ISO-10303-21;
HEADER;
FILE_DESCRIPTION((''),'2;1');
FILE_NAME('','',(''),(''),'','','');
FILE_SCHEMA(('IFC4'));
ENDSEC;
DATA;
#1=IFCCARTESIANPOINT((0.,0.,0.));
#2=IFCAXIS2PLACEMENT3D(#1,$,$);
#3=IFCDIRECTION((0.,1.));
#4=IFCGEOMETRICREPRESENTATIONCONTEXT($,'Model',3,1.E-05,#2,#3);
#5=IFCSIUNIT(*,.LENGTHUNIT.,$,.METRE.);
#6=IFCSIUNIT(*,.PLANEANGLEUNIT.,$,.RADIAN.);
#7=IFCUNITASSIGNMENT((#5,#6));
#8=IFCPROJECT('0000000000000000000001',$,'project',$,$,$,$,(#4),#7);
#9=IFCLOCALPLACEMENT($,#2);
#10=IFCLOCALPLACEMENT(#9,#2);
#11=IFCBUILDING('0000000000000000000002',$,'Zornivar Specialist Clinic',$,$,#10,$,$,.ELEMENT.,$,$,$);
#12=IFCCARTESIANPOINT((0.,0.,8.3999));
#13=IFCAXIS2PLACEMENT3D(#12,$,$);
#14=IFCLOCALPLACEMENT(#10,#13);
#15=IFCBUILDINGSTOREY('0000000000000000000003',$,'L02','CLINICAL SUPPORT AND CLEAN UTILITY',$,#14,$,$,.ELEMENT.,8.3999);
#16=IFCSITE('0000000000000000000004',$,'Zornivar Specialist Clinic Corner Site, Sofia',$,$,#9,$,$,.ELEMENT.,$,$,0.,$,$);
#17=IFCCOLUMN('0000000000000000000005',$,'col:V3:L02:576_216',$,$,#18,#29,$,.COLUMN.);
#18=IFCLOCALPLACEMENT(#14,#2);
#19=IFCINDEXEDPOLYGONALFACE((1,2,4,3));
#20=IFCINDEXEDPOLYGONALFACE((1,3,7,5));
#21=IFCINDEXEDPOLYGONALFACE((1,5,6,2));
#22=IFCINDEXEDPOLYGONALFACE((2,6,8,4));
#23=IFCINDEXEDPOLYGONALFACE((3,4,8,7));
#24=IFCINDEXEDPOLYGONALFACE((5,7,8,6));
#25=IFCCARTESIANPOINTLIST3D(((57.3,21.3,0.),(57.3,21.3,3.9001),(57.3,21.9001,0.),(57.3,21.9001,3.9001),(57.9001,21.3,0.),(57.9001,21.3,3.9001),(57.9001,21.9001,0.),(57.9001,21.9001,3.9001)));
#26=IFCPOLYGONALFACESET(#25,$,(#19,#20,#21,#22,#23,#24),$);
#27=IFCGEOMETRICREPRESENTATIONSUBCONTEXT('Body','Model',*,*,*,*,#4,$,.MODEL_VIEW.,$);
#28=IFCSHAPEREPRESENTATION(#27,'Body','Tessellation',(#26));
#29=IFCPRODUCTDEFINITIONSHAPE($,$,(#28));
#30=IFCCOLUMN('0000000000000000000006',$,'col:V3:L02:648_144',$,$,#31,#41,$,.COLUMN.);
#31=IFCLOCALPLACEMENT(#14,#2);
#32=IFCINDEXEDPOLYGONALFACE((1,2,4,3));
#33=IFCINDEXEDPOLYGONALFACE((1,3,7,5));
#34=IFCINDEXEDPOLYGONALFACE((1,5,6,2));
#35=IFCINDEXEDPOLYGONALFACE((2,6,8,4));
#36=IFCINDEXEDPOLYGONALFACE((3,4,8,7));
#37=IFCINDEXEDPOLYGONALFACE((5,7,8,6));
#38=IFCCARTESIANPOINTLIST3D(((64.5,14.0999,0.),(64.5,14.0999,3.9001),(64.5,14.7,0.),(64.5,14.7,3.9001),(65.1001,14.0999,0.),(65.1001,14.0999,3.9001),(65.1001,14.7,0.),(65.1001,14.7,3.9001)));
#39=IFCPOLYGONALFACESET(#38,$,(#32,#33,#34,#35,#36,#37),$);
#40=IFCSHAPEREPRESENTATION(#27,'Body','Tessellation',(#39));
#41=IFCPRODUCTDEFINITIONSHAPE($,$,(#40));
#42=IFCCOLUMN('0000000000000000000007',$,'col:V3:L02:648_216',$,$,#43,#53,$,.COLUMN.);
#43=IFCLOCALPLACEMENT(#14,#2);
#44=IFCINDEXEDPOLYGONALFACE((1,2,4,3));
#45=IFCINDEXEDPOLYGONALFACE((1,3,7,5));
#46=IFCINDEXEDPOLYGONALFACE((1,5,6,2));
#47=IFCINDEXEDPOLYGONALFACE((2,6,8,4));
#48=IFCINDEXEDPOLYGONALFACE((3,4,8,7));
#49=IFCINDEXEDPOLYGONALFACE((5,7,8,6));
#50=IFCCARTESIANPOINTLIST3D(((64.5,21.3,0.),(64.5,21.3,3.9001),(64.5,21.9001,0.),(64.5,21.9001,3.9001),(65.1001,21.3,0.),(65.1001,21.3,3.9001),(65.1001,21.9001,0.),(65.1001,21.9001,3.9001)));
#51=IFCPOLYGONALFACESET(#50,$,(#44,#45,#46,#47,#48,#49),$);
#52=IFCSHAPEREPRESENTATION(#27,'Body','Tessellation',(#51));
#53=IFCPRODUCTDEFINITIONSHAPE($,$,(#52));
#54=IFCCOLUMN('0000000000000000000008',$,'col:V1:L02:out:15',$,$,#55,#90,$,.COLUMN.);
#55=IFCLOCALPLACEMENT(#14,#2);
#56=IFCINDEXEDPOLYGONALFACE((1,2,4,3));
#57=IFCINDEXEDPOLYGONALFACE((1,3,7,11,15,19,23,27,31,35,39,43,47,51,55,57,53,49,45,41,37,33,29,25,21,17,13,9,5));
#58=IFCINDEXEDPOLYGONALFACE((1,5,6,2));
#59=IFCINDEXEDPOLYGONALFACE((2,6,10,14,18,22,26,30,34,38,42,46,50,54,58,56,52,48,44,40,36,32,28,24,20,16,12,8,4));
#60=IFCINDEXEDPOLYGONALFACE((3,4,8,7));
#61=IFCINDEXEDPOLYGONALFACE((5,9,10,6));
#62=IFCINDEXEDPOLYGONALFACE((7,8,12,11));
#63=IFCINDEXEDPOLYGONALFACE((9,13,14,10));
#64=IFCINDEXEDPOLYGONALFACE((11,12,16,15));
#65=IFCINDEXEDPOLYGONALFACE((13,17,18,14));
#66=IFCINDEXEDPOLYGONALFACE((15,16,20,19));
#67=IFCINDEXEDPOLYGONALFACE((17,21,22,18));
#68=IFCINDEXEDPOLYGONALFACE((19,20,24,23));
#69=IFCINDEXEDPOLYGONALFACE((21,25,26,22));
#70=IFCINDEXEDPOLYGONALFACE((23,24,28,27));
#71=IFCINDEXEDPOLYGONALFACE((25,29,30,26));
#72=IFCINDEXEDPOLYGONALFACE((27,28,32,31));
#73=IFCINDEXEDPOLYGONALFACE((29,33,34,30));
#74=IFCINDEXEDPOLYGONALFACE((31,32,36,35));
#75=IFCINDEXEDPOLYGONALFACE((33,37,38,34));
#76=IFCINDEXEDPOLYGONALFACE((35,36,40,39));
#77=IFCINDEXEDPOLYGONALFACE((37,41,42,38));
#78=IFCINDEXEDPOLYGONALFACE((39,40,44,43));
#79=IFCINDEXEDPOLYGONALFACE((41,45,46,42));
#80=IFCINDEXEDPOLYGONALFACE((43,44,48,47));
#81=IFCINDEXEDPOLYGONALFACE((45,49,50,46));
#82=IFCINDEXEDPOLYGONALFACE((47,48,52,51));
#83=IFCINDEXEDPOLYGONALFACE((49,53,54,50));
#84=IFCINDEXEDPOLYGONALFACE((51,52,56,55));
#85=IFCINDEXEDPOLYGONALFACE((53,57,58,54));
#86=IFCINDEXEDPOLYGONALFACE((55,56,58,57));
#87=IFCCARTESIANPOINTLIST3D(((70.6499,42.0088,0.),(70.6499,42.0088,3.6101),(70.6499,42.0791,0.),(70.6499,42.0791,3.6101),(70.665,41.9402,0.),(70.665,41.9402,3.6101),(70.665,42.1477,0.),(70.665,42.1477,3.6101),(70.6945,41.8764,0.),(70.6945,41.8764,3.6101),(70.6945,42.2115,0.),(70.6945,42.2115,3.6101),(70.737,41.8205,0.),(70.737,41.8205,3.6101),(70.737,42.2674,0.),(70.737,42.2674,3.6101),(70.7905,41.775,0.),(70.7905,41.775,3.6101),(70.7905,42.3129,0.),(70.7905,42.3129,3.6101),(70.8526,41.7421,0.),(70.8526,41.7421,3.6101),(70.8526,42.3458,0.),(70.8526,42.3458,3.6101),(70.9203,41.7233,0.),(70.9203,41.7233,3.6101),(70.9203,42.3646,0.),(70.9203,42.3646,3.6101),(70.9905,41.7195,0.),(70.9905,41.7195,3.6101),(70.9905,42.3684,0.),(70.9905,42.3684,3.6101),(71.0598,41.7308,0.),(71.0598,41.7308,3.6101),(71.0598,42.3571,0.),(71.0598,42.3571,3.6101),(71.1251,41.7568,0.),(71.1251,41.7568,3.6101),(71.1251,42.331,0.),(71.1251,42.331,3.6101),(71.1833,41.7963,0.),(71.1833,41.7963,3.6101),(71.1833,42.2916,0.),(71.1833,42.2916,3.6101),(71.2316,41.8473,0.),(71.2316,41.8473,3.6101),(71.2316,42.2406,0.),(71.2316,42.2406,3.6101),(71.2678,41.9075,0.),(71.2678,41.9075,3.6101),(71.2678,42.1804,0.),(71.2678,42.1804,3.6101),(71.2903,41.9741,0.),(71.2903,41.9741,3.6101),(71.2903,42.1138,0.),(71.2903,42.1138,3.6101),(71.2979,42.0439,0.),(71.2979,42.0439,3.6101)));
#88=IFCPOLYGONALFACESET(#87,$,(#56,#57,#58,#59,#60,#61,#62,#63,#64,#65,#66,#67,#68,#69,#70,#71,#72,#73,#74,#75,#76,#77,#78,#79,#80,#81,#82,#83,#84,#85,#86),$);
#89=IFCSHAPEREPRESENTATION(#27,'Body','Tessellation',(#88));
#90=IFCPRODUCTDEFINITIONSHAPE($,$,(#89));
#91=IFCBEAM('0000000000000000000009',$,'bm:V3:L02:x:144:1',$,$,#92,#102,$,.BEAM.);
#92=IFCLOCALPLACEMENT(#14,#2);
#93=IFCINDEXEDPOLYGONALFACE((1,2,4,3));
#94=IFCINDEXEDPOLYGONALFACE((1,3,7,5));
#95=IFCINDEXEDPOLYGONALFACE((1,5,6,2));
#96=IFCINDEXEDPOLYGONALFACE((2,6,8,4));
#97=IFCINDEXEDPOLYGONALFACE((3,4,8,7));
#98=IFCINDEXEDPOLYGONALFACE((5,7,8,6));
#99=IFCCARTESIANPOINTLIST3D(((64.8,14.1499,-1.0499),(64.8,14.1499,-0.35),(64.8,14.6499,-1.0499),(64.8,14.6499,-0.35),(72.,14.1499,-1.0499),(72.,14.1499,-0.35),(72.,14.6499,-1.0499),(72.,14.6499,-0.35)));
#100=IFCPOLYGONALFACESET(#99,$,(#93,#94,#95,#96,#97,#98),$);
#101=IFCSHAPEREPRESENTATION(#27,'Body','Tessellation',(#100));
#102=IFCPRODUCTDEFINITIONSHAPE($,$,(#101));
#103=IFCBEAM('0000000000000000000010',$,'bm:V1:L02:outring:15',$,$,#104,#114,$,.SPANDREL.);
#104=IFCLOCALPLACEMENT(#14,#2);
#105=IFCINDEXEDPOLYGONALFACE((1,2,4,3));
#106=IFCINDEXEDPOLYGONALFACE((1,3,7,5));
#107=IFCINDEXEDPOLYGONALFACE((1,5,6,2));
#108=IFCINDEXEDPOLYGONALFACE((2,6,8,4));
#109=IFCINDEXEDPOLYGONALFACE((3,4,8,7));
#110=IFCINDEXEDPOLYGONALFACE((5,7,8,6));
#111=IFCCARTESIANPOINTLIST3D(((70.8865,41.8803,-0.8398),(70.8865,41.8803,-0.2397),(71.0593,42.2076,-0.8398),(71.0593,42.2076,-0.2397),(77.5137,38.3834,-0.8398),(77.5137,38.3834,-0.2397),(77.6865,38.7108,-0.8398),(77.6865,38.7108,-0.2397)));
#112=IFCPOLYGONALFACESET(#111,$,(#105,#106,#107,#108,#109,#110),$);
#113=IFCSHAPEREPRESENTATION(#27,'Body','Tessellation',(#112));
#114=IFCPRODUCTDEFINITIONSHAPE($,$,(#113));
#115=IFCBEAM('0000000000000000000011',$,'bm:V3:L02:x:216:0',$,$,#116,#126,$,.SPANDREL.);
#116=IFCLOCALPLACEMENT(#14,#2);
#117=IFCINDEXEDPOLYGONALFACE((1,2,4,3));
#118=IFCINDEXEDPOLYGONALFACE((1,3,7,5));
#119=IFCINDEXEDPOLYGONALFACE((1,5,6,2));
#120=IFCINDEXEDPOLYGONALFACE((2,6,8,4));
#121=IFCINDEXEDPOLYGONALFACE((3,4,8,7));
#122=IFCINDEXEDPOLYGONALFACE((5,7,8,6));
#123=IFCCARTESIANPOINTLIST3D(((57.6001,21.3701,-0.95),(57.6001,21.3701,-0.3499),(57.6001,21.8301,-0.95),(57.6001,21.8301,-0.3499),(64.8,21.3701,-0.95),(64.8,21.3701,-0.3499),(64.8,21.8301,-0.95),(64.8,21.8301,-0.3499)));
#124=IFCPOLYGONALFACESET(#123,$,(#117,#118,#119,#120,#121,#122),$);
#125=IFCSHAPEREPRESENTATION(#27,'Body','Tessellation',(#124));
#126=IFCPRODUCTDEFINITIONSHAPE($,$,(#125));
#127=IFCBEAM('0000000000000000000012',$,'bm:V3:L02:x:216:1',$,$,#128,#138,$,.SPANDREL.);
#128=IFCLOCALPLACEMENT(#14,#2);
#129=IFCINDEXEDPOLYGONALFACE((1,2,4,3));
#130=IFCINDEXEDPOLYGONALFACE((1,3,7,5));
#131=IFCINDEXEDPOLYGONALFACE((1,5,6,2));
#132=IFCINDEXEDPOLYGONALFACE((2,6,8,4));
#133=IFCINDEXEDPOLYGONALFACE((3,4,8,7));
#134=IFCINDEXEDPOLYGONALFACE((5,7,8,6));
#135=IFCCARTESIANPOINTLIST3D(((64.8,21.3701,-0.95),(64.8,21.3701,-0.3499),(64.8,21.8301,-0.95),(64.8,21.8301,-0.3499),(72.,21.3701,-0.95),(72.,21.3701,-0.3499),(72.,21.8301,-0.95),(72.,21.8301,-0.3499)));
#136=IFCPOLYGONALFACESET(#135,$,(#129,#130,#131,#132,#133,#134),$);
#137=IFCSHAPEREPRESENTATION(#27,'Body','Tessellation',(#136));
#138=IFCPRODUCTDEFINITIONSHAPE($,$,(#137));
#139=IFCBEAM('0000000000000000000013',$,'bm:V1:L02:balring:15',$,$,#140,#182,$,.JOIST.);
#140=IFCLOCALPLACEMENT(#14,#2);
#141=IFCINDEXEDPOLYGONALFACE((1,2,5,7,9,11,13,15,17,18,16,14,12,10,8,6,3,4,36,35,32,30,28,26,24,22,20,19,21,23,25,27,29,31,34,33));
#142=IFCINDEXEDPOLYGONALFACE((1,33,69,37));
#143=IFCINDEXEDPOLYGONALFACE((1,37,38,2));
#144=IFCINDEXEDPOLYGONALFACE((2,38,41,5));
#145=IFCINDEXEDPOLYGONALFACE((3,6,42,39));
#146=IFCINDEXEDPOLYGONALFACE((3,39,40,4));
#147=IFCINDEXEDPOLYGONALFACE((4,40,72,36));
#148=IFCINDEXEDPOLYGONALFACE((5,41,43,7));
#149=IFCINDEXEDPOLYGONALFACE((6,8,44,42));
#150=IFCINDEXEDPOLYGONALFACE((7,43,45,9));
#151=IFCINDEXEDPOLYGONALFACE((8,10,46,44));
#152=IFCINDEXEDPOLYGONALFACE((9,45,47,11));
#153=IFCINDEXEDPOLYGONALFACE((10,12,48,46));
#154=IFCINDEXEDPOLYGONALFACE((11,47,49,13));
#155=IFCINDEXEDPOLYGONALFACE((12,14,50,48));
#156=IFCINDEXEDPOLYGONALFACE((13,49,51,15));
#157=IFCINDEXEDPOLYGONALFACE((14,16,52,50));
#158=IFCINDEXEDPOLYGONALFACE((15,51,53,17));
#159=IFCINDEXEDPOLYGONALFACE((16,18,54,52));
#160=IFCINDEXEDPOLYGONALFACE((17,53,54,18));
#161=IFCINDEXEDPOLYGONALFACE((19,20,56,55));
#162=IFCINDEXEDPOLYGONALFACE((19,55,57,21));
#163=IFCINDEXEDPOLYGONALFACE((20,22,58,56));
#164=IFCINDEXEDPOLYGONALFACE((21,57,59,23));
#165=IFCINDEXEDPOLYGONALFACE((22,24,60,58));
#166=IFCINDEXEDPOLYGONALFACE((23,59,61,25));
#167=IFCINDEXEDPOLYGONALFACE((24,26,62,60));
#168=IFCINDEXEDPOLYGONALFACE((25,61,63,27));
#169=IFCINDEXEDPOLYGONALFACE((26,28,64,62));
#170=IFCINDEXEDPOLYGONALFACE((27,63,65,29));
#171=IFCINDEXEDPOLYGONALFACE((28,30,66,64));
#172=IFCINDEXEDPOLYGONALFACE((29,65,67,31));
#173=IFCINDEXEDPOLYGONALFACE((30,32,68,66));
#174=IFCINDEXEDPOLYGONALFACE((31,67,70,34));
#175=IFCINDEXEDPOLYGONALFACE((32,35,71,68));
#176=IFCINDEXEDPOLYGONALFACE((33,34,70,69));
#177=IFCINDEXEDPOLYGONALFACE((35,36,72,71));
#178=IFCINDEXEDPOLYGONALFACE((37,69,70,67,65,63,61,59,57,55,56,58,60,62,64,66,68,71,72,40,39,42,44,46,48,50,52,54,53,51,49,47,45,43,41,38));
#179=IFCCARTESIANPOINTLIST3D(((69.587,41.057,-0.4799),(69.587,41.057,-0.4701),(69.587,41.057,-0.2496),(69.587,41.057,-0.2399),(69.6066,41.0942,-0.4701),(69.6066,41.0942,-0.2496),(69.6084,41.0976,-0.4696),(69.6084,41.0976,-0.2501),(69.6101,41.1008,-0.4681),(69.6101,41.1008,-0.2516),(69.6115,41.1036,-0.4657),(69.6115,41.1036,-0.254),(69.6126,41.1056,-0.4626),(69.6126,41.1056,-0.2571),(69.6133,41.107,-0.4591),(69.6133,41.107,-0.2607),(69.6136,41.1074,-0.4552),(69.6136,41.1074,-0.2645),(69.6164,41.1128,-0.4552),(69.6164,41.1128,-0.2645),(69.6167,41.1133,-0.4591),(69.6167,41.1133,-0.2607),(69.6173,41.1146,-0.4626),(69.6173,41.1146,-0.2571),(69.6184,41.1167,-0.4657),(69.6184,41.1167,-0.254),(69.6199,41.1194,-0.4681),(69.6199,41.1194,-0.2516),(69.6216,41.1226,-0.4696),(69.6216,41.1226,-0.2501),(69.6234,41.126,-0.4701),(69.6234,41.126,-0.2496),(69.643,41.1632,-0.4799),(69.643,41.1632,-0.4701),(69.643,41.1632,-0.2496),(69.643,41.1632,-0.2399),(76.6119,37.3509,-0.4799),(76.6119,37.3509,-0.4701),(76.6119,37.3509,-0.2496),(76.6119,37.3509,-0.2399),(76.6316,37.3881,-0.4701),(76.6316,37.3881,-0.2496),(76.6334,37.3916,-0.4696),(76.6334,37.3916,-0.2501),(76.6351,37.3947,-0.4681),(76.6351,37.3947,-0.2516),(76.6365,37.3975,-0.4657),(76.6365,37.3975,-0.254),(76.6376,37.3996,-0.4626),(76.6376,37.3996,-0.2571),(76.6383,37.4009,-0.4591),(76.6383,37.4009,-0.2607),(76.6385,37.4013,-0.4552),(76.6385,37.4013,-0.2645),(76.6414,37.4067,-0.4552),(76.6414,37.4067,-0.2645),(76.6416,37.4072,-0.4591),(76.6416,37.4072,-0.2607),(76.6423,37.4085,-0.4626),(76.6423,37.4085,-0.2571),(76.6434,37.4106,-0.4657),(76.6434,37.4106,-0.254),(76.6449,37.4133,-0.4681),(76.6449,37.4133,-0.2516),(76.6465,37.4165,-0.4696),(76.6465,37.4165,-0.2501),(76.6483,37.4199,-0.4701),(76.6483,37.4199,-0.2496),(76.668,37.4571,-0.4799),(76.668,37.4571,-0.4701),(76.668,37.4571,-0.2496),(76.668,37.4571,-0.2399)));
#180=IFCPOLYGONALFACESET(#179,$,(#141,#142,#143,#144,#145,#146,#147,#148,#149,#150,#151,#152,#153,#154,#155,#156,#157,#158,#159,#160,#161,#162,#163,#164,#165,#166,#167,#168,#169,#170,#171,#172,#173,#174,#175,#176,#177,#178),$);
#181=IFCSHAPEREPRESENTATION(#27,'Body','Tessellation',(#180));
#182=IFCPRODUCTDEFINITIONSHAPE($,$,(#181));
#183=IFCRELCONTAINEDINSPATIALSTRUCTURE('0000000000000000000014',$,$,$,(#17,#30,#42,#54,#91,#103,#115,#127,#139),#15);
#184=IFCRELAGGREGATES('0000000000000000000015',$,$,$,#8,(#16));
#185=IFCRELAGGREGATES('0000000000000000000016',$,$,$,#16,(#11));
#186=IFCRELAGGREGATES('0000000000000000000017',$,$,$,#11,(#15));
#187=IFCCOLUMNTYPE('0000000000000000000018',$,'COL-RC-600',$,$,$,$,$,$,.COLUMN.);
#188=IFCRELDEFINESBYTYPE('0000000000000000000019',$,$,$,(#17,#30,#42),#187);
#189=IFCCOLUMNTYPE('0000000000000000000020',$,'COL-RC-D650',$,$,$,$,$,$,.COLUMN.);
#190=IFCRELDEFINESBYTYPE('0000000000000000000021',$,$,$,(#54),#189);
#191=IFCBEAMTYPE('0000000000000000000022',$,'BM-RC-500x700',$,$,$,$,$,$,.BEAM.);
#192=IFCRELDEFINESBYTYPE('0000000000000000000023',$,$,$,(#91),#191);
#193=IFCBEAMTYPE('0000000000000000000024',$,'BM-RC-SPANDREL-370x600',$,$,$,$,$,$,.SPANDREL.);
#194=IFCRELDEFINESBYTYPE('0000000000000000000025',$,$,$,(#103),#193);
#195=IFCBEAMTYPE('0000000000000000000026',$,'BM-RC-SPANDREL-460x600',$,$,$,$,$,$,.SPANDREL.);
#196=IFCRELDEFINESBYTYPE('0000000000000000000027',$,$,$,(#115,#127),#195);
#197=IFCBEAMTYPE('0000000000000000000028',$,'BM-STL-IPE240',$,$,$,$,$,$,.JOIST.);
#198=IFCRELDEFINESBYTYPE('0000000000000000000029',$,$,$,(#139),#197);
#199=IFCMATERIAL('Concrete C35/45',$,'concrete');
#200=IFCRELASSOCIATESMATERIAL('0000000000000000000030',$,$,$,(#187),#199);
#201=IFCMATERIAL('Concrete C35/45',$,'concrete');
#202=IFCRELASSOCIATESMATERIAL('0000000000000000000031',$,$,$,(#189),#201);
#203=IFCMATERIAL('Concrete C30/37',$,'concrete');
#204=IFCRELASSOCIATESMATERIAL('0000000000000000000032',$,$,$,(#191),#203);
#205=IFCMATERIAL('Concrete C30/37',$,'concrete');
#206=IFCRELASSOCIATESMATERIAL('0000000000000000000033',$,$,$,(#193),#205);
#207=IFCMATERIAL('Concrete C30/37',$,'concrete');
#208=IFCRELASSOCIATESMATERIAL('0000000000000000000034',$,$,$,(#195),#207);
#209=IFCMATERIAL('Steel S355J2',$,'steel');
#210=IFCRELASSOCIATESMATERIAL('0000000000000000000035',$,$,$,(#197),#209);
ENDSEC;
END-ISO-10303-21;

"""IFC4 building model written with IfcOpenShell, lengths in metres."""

from ifc_helpers import new_model, si_unit, direction, frame, origin, origin_2d, place, context, subcontext, project, spatial, rectangle, circle, i_section, extrude, material, material_profile, profile_set, type_object, element, save


model = new_model("IFC4")

# Units and contexts
model_context = context("Model", 3, precision=1e-05, world=origin(), true_north=direction((0.0, 1.0)))
body_context = subcontext(model_context, "Body", "Model", "MODEL_VIEW")
ifc_project = project(units=[si_unit("LENGTHUNIT", "METRE"), si_unit("PLANEANGLEUNIT", "RADIAN")], contexts=[model_context])

# Site, building, storey
site_placement = place(None, origin())
site = spatial("IfcSite", under=ifc_project, at=site_placement, Name="Zornivar Specialist Clinic Corner Site, Sofia", CompositionType="ELEMENT", RefElevation=0.0)
building_placement = place(site_placement, origin())
building = spatial("IfcBuilding", under=site, at=building_placement, Name="Zornivar Specialist Clinic", CompositionType="ELEMENT")
storey_placement = place(building_placement, frame((0.0, 0.0, 8.3999)))
storey = spatial("IfcBuildingStorey", under=building, at=storey_placement, Name="L02", Description="CLINICAL SUPPORT AND CLEAN UTILITY", CompositionType="ELEMENT", Elevation=8.3999)

# Columns
ifc_material_1 = material(Name="Concrete C35/45", Category="concrete")
ifc_material_profile_1 = material_profile(ifc_material_1, rectangle(XDim=0.6001, YDim=0.6001, at=origin_2d()), Name="RC 600x600")
ifc_profile_set_1 = profile_set([ifc_material_profile_1], Name="Concrete C35/45")
column_type_1 = type_object("IfcColumnType", Name="COL-RC-600", PredefinedType="COLUMN", material=ifc_profile_set_1)
for number, where, z_axis, x_axis, name in (
    (1, (57.6001, 21.6001, 0.0), (0.0, 0.0, 1.0), (1.0, 0.0, 0.0), "col:V3:L02:576_216"),
    (2, (64.8, 14.3999, 0.0), (0.0, 0.0, 1.0), (1.0, 0.0, 0.0), "col:V3:L02:648_144"),
    (3, (64.8, 21.6001, 0.0), (0.0, 0.0, 1.0), (1.0, 0.0, 0.0), "col:V3:L02:648_216"),
):
    element("IfcColumn", number, at=place(storey_placement, frame(where, z_axis=z_axis, x_axis=x_axis)), inside=storey, type_object=column_type_1, Name=name, PredefinedType="COLUMN", context=body_context, shape_type="SweptSolid", body=[
        extrude(rectangle(XDim=0.6001, YDim=0.6001, at=origin_2d()), origin(), (0.0, 0.0, 1.0), 3.9001),
    ])
ifc_material_2 = material(Name="Concrete C35/45", Category="concrete")
ifc_material_profile_2 = material_profile(ifc_material_2, circle(Radius=0.325, at=origin_2d()), Name="RC D650")
ifc_profile_set_2 = profile_set([ifc_material_profile_2], Name="Concrete C35/45")
column_type_2 = type_object("IfcColumnType", Name="COL-RC-D650", PredefinedType="COLUMN", material=ifc_profile_set_2)
column_placement = place(storey_placement, frame((70.9729, 42.0439, 0.0), z_axis=(0.0, 0.0, 1.0), x_axis=(1.0, 0.0, 0.0)))
element("IfcColumn", 4, at=column_placement, inside=storey, type_object=column_type_2, Name="col:V1:L02:out:15", PredefinedType="COLUMN", context=body_context, shape_type="SweptSolid", body=[
    extrude(circle(Radius=0.325, at=origin_2d()), origin(), (0.0, 0.0, 1.0), 3.6101),
])

# Beams
ifc_material_3 = material(Name="Concrete C30/37", Category="concrete")
ifc_material_profile_3 = material_profile(ifc_material_3, rectangle(XDim=0.5, YDim=0.7, at=origin_2d()), Name="RC 500x700")
ifc_profile_set_3 = profile_set([ifc_material_profile_3], Name="Concrete C30/37")
beam_type_1 = type_object("IfcBeamType", Name="BM-RC-500x700", PredefinedType="BEAM", material=ifc_profile_set_3)
beam_1_placement = place(storey_placement, frame((64.8, 14.3999, -0.7), z_axis=(1.0, 0.0, 0.0), x_axis=(0.0, 1.0, 0.0)))
element("IfcBeam", 5, at=beam_1_placement, inside=storey, type_object=beam_type_1, Name="bm:V3:L02:x:144:1", PredefinedType="BEAM", context=body_context, shape_type="SweptSolid", body=[
    extrude(rectangle(XDim=0.5, YDim=0.7, at=origin_2d()), origin(), (0.0, 0.0, 1.0), 7.2),
])
ifc_material_4 = material(Name="Concrete C30/37", Category="concrete")
ifc_material_profile_4 = material_profile(ifc_material_4, rectangle(XDim=0.3701, YDim=0.6001, at=origin_2d()), Name="RC 370x600")
ifc_profile_set_4 = profile_set([ifc_material_profile_4], Name="Concrete C30/37")
beam_type_2 = type_object("IfcBeamType", Name="BM-RC-SPANDREL-370x600", PredefinedType="SPANDREL", material=ifc_profile_set_4)
beam_2_placement = place(storey_placement, frame((70.9729, 42.0439, -0.5398), z_axis=(0.884432, -0.466669, 0.0), x_axis=(0.466669, 0.884432, 0.0)))
element("IfcBeam", 6, at=beam_2_placement, inside=storey, type_object=beam_type_2, Name="bm:V1:L02:outring:15", PredefinedType="SPANDREL", context=body_context, shape_type="SweptSolid", body=[
    extrude(rectangle(XDim=0.3701, YDim=0.6001, at=origin_2d()), origin(), (0.0, 0.0, 1.0), 7.4932),
])
ifc_material_5 = material(Name="Concrete C30/37", Category="concrete")
ifc_material_profile_5 = material_profile(ifc_material_5, rectangle(XDim=0.46, YDim=0.6001, at=origin_2d()), Name="RC 460x600")
ifc_profile_set_5 = profile_set([ifc_material_profile_5], Name="Concrete C30/37")
beam_type_3 = type_object("IfcBeamType", Name="BM-RC-SPANDREL-460x600", PredefinedType="SPANDREL", material=ifc_profile_set_5)
for number, where, z_axis, x_axis, name in (
    (7, (57.6001, 21.6001, -0.6499), (1.0, 0.0, 0.0), (0.0, 1.0, 0.0), "bm:V3:L02:x:216:0"),
    (8, (64.8, 21.6001, -0.6499), (1.0, 0.0, 0.0), (0.0, 1.0, 0.0), "bm:V3:L02:x:216:1"),
):
    element("IfcBeam", number, at=place(storey_placement, frame(where, z_axis=z_axis, x_axis=x_axis)), inside=storey, type_object=beam_type_3, Name=name, PredefinedType="SPANDREL", context=body_context, shape_type="SweptSolid", body=[
        extrude(rectangle(XDim=0.46, YDim=0.6001, at=origin_2d()), origin(), (0.0, 0.0, 1.0), 7.2),
    ])
ifc_material_6 = material(Name="Steel S355J2", Category="steel")
ifc_material_profile_6 = material_profile(ifc_material_6, i_section(OverallWidth=0.1201, OverallDepth=0.24, WebThickness=0.0061, FlangeThickness=0.0098, FilletRadius=0.0149, at=origin_2d()), Name="IPE 240")
ifc_profile_set_6 = profile_set([ifc_material_profile_6], Name="Steel S355J2")
beam_type_4 = type_object("IfcBeamType", Name="BM-STL-IPE240", PredefinedType="JOIST", material=ifc_profile_set_6)
beam_3_placement = place(storey_placement, frame((69.615, 41.1101, -0.3599), z_axis=(0.884464, -0.466608, 0.0), x_axis=(0.466608, 0.884464, 0.0)))
element("IfcBeam", 9, at=beam_3_placement, inside=storey, type_object=beam_type_4, Name="bm:V1:L02:balring:15", PredefinedType="JOIST", context=body_context, shape_type="SweptSolid", body=[
    extrude(i_section(OverallWidth=0.1201, OverallDepth=0.24, WebThickness=0.0061, FlangeThickness=0.0098, FilletRadius=0.0149, at=origin_2d()), origin(), (0.0, 0.0, 1.0), 7.9426),
])

save(model, "model.ifc")
